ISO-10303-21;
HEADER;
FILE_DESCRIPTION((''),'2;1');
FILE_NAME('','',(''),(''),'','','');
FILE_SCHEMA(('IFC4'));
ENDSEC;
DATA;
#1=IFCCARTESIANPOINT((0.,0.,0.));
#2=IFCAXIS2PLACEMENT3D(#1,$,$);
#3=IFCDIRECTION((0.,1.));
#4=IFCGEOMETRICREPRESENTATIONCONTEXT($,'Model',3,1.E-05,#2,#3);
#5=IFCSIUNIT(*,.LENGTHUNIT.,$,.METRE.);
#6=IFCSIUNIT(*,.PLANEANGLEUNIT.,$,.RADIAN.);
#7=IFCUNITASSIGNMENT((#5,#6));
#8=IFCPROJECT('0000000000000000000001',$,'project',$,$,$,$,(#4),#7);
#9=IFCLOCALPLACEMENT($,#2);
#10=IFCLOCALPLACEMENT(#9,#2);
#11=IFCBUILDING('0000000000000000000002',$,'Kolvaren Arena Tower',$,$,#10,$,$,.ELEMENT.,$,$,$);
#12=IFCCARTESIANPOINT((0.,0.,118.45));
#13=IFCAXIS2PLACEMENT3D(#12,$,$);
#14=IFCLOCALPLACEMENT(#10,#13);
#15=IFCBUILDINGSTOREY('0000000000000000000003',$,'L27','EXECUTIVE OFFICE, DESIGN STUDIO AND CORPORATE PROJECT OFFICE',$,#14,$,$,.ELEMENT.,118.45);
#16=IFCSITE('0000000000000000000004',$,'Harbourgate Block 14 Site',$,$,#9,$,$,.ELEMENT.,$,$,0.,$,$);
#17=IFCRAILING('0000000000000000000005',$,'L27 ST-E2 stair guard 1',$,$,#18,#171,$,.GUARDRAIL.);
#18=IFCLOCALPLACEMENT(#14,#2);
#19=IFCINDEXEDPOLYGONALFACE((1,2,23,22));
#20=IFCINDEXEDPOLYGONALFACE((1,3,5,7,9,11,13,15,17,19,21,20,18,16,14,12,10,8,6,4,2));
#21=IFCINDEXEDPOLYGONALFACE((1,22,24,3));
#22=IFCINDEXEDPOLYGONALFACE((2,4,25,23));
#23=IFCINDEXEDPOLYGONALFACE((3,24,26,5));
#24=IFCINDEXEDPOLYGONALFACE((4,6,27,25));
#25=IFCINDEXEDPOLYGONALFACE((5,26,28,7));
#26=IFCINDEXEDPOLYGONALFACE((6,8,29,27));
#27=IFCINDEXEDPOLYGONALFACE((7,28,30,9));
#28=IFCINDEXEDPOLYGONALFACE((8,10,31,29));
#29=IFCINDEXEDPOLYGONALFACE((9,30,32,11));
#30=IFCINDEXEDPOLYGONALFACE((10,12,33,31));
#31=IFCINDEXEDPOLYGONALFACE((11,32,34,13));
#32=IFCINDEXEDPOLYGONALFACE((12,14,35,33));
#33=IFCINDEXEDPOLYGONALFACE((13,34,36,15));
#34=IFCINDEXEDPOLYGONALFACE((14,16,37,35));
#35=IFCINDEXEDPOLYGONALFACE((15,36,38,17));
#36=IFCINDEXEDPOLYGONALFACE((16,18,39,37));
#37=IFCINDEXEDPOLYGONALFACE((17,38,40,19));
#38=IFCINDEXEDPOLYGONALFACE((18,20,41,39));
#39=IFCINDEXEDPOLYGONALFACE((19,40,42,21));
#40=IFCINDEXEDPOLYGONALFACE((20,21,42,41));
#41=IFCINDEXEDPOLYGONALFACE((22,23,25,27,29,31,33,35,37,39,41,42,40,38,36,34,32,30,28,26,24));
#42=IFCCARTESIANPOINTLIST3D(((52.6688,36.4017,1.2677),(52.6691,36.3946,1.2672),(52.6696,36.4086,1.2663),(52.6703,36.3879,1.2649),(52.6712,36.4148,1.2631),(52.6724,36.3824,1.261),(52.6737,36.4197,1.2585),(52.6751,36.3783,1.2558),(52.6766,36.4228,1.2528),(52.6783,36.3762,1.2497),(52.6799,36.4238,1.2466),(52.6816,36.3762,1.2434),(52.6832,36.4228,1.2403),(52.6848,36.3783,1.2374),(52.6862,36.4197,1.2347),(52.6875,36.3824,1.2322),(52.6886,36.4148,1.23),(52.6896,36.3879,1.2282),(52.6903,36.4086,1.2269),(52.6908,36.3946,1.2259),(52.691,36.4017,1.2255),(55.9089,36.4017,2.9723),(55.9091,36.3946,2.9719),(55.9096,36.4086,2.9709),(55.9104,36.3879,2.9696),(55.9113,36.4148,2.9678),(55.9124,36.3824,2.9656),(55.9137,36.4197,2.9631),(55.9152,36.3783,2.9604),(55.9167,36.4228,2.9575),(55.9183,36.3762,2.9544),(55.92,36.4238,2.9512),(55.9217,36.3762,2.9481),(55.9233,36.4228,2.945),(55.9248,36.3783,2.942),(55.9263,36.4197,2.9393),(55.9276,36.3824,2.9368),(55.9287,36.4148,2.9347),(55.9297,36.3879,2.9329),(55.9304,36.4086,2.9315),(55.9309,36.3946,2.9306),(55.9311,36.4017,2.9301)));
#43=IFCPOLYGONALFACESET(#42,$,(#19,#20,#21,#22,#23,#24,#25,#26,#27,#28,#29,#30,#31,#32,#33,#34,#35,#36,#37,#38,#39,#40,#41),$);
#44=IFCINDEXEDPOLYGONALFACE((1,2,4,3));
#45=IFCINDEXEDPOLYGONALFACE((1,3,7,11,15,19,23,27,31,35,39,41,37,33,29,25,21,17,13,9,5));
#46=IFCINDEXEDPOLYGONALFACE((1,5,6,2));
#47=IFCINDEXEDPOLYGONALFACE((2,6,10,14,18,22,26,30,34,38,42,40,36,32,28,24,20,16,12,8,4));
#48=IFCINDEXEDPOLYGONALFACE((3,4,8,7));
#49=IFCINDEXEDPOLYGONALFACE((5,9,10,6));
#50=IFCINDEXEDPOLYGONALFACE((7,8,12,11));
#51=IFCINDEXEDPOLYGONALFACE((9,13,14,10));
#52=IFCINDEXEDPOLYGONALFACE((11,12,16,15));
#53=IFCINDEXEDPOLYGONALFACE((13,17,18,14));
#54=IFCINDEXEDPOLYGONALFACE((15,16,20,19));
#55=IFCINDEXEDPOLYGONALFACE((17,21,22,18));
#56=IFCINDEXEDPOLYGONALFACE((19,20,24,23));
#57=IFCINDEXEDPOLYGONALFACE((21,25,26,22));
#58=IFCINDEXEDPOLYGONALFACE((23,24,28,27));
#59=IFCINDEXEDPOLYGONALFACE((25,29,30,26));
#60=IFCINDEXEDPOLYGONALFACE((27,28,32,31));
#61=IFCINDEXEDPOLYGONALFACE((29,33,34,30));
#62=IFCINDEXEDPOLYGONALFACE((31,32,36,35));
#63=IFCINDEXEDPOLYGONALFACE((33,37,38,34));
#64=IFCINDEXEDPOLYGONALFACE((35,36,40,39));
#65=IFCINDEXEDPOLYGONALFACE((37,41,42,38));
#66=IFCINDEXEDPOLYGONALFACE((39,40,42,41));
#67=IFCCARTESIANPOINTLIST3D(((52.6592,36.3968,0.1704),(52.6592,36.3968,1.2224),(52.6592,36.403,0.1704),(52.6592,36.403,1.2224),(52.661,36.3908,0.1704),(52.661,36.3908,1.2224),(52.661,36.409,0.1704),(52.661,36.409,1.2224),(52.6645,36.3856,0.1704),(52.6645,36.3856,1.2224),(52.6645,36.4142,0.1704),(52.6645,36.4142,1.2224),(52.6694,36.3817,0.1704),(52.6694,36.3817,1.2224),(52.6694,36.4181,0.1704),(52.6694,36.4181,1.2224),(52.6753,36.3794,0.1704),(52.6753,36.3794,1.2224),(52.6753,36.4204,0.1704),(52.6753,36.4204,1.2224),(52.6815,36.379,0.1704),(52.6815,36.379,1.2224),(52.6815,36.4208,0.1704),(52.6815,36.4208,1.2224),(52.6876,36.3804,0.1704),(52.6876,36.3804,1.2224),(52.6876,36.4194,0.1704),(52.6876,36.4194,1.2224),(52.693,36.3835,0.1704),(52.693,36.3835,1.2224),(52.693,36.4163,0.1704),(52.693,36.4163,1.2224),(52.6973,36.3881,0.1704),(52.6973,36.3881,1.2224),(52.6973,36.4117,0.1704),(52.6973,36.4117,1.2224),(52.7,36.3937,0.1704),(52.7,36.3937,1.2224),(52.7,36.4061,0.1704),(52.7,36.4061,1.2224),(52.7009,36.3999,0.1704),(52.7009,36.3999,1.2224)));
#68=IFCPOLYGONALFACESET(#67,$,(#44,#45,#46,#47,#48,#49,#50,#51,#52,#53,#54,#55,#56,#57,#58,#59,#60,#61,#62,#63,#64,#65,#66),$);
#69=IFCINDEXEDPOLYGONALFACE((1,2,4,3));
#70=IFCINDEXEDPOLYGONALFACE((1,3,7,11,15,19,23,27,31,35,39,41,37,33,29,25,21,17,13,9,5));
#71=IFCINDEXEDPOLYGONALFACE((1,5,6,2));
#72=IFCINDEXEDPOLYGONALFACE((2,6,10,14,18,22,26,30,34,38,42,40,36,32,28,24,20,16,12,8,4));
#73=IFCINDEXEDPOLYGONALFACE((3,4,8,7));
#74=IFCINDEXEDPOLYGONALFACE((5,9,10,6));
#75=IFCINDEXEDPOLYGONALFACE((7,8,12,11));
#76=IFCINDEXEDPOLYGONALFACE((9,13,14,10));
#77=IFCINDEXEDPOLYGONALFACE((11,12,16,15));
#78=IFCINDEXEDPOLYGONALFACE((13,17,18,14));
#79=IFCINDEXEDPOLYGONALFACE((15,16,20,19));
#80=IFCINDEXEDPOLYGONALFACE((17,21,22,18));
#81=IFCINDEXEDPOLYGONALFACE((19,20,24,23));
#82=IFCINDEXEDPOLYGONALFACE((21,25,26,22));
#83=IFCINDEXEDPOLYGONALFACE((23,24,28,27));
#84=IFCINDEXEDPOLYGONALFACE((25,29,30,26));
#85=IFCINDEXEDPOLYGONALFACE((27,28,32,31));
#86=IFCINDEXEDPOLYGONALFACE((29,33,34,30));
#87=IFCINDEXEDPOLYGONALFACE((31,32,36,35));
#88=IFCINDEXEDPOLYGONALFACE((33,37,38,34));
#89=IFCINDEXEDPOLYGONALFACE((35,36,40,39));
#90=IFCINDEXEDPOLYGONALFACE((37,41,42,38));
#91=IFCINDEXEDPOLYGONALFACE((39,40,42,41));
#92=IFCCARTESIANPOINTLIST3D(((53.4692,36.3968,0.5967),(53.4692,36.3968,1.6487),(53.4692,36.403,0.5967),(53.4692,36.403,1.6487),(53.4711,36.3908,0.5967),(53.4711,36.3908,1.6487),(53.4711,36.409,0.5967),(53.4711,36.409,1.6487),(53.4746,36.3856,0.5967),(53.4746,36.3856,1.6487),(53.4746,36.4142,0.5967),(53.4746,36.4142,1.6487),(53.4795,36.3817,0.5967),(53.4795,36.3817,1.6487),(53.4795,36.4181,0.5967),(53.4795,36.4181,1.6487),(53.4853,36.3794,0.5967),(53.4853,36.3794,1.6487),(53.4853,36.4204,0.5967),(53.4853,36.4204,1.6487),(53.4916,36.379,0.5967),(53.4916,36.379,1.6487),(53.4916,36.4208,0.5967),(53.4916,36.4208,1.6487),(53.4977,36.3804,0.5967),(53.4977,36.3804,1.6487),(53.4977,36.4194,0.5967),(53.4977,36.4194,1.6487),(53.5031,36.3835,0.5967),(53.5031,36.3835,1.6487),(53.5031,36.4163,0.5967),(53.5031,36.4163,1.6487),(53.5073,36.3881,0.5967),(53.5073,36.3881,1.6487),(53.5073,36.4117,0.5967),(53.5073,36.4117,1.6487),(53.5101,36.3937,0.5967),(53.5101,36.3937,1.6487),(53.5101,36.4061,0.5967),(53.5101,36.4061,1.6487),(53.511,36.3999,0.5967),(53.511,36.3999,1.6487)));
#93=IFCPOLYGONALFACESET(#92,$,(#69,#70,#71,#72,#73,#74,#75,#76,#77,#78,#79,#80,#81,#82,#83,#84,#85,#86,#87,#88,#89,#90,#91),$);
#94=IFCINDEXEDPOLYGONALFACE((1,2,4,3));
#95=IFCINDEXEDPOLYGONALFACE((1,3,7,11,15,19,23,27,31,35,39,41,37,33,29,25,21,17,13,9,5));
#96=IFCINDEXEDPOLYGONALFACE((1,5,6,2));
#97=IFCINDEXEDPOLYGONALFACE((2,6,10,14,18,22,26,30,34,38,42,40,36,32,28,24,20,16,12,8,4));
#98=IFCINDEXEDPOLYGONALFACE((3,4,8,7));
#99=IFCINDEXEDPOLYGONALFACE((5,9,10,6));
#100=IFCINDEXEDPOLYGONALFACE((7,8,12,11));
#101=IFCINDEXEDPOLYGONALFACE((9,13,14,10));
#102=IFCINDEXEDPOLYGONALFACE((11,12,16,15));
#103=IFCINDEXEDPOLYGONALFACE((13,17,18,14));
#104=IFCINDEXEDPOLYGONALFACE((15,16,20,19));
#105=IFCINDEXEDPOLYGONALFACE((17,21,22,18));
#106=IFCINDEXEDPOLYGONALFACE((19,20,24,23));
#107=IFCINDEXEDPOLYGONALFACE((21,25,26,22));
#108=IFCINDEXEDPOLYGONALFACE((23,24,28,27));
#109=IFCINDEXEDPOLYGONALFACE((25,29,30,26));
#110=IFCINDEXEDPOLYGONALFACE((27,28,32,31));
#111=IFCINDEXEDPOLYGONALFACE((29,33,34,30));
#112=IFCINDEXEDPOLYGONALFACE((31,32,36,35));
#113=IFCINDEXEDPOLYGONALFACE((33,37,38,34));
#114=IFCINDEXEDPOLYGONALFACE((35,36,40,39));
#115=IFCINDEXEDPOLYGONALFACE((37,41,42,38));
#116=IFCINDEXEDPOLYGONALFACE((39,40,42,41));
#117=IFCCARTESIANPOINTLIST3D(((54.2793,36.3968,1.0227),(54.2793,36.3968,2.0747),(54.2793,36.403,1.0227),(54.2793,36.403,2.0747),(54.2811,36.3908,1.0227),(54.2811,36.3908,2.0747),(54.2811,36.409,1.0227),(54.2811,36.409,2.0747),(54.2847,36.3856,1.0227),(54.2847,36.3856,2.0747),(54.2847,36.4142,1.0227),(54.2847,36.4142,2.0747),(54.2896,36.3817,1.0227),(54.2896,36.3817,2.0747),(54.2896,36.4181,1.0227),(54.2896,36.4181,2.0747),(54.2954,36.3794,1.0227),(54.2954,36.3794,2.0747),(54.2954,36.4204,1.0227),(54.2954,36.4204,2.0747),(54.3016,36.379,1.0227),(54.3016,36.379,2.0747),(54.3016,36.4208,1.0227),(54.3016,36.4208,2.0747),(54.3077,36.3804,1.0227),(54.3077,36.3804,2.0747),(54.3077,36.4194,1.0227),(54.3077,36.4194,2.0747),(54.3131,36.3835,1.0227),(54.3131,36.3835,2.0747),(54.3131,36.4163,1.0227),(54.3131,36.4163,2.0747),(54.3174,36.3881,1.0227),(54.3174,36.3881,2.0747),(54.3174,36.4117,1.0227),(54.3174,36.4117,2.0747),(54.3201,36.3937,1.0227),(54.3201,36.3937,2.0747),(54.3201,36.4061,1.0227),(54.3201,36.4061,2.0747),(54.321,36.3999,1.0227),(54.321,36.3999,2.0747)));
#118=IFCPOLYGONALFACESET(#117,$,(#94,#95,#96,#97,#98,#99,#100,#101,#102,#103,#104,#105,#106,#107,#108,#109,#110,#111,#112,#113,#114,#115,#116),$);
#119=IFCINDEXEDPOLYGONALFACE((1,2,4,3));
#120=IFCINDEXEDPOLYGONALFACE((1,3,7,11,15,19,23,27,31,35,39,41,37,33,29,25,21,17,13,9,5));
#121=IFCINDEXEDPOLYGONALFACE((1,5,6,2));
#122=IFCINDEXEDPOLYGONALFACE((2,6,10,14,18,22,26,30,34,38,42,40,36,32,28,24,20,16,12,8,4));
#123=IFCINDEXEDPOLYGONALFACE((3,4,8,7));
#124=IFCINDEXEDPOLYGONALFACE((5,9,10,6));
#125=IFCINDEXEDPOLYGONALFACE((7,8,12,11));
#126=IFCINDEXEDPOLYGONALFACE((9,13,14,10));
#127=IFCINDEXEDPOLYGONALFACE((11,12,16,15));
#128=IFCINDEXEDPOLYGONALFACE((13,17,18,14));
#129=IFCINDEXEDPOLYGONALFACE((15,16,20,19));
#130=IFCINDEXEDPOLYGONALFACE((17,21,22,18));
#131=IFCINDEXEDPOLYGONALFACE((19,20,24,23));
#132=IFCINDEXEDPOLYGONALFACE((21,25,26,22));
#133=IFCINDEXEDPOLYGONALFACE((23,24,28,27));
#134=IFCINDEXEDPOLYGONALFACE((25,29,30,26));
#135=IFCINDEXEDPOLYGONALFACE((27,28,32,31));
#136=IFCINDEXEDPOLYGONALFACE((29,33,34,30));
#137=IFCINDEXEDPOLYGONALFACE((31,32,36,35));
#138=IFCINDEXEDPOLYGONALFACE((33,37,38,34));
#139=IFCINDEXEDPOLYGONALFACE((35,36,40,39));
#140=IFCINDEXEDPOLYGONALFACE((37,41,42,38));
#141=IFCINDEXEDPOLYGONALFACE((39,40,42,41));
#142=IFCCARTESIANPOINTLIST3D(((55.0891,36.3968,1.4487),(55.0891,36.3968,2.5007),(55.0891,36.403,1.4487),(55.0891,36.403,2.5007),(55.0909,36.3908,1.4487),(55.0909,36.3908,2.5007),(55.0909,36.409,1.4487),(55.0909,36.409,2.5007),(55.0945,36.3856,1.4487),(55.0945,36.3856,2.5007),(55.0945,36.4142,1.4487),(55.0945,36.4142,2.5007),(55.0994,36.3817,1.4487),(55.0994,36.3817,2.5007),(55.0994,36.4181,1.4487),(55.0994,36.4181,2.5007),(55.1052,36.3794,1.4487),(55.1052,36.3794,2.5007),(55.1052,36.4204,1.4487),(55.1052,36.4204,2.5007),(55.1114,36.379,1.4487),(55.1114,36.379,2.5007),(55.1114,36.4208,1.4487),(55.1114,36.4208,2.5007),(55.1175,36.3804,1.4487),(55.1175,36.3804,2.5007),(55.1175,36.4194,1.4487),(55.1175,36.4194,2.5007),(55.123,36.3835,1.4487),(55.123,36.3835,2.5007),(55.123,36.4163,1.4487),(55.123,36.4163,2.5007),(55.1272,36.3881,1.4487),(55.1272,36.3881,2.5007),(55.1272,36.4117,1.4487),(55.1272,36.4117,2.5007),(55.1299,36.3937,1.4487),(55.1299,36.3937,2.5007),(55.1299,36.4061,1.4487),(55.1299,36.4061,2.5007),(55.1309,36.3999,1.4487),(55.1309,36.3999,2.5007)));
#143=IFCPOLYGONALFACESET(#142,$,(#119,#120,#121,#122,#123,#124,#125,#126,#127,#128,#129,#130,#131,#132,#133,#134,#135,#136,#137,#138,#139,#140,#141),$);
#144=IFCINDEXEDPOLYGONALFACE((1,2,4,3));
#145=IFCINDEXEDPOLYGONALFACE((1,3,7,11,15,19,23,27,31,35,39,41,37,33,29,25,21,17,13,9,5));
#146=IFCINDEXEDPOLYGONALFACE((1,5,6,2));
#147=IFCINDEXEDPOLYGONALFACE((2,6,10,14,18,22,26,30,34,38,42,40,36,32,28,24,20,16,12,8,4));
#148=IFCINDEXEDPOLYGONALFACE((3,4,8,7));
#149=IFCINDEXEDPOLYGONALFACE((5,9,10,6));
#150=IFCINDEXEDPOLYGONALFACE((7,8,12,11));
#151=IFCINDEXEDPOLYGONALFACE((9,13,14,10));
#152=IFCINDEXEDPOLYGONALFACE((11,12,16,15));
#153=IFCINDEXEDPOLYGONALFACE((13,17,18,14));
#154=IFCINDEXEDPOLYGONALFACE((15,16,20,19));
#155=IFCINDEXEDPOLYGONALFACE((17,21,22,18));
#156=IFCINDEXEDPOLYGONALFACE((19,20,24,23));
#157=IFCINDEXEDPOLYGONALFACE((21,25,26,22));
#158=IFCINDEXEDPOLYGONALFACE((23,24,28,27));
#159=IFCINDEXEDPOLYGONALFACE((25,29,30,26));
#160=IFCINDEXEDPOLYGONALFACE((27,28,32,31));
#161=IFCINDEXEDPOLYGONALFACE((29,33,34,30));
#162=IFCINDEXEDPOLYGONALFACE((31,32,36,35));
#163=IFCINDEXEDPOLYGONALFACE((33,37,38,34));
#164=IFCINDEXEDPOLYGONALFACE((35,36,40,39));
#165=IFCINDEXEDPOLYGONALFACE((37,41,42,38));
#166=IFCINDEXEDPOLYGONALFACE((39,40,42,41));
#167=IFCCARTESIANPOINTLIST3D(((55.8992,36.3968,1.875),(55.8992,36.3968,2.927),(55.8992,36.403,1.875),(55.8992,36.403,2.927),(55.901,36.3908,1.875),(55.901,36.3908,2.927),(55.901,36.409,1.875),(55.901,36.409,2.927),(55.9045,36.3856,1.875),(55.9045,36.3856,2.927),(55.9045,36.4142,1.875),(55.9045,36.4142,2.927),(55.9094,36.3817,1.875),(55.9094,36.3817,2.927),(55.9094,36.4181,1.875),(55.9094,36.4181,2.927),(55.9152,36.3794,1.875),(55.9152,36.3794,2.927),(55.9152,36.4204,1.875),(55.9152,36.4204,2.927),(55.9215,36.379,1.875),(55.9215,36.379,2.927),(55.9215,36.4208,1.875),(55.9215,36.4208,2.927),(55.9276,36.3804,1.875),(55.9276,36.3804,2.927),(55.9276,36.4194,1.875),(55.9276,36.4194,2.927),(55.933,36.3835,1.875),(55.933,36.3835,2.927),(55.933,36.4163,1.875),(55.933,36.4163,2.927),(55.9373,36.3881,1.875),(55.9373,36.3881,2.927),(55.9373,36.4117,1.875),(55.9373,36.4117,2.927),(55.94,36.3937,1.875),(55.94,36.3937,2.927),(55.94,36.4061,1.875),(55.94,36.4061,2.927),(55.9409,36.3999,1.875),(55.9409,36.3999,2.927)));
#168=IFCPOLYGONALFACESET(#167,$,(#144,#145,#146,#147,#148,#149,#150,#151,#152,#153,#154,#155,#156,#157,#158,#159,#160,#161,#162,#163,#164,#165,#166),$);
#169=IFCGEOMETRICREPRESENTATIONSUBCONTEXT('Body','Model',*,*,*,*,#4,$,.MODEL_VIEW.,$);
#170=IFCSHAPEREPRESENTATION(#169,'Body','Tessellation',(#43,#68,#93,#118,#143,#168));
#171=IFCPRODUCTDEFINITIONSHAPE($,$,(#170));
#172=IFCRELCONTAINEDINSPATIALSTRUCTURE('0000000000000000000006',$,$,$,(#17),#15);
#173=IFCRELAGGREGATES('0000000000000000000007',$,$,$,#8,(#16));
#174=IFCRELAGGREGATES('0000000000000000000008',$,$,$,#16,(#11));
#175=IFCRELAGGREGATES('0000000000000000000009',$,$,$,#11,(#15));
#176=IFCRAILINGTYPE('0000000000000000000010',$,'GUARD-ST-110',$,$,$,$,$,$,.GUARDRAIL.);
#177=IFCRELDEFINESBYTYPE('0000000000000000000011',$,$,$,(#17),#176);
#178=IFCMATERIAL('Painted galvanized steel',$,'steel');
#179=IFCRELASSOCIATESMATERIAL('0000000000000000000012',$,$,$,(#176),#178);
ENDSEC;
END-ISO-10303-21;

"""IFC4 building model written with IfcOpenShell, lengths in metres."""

from ifc_helpers import new_model, si_unit, direction, frame, origin, origin_2d, place, context, subcontext, project, spatial, circle, extrude, material, type_object, element, save


model = new_model("IFC4")

# Units and contexts
model_context = context("Model", 3, precision=1e-05, world=origin(), true_north=direction((0.0, 1.0)))
body_context = subcontext(model_context, "Body", "Model", "MODEL_VIEW")
ifc_project = project(units=[si_unit("LENGTHUNIT", "METRE"), si_unit("PLANEANGLEUNIT", "RADIAN")], contexts=[model_context])

# Site, building, storey
site_placement = place(None, origin())
site = spatial("IfcSite", under=ifc_project, at=site_placement, Name="Harbourgate Block 14 Site", CompositionType="ELEMENT", RefElevation=0.0)
building_placement = place(site_placement, origin())
building = spatial("IfcBuilding", under=site, at=building_placement, Name="Kolvaren Arena Tower", CompositionType="ELEMENT")
storey_placement = place(building_placement, frame((0.0, 0.0, 118.45)))
storey = spatial("IfcBuildingStorey", under=building, at=storey_placement, Name="L27", Description="EXECUTIVE OFFICE, DESIGN STUDIO AND CORPORATE PROJECT OFFICE", CompositionType="ELEMENT", Elevation=118.45)

# Railing
ifc_material_1 = material(Name="Painted galvanized steel", Category="steel")
railing_type_1 = type_object("IfcRailingType", Name="GUARD-ST-110", PredefinedType="GUARDRAIL", material=ifc_material_1)
railing_1_placement = place(storey_placement, frame((52.6799, 36.3999, 0.1704)))
element("IfcRailing", 1, at=railing_1_placement, inside=storey, type_object=railing_type_1, Name="L27 ST-E2 stair guard 1", PredefinedType="GUARDRAIL", context=body_context, shape_type="SweptSolid", body=[
    extrude(circle(Radius=0.0239, at=origin_2d()), frame((0.0, 0.0, 1.0762), z_axis=(0.884993, 0.0, 0.465604), x_axis=(0.0, 1.0, 0.0)), (0.0, 0.0, 1.0), 3.6611),
    extrude(circle(Radius=0.021, at=origin_2d()), origin(), (0.0, 0.0, 1.0), 1.052),
    extrude(circle(Radius=0.021, at=origin_2d()), frame((0.8101, 0.0, 0.4263)), (0.0, 0.0, 1.0), 1.052),
    extrude(circle(Radius=0.021, at=origin_2d()), frame((1.6201, 0.0, 0.8523)), (0.0, 0.0, 1.0), 1.052),
    extrude(circle(Radius=0.021, at=origin_2d()), frame((2.4299, 0.0, 1.2783)), (0.0, 0.0, 1.0), 1.052),
    extrude(circle(Radius=0.021, at=origin_2d()), frame((3.24, 0.0, 1.7046)), (0.0, 0.0, 1.0), 1.052),
])

save(model, "model.ifc")
